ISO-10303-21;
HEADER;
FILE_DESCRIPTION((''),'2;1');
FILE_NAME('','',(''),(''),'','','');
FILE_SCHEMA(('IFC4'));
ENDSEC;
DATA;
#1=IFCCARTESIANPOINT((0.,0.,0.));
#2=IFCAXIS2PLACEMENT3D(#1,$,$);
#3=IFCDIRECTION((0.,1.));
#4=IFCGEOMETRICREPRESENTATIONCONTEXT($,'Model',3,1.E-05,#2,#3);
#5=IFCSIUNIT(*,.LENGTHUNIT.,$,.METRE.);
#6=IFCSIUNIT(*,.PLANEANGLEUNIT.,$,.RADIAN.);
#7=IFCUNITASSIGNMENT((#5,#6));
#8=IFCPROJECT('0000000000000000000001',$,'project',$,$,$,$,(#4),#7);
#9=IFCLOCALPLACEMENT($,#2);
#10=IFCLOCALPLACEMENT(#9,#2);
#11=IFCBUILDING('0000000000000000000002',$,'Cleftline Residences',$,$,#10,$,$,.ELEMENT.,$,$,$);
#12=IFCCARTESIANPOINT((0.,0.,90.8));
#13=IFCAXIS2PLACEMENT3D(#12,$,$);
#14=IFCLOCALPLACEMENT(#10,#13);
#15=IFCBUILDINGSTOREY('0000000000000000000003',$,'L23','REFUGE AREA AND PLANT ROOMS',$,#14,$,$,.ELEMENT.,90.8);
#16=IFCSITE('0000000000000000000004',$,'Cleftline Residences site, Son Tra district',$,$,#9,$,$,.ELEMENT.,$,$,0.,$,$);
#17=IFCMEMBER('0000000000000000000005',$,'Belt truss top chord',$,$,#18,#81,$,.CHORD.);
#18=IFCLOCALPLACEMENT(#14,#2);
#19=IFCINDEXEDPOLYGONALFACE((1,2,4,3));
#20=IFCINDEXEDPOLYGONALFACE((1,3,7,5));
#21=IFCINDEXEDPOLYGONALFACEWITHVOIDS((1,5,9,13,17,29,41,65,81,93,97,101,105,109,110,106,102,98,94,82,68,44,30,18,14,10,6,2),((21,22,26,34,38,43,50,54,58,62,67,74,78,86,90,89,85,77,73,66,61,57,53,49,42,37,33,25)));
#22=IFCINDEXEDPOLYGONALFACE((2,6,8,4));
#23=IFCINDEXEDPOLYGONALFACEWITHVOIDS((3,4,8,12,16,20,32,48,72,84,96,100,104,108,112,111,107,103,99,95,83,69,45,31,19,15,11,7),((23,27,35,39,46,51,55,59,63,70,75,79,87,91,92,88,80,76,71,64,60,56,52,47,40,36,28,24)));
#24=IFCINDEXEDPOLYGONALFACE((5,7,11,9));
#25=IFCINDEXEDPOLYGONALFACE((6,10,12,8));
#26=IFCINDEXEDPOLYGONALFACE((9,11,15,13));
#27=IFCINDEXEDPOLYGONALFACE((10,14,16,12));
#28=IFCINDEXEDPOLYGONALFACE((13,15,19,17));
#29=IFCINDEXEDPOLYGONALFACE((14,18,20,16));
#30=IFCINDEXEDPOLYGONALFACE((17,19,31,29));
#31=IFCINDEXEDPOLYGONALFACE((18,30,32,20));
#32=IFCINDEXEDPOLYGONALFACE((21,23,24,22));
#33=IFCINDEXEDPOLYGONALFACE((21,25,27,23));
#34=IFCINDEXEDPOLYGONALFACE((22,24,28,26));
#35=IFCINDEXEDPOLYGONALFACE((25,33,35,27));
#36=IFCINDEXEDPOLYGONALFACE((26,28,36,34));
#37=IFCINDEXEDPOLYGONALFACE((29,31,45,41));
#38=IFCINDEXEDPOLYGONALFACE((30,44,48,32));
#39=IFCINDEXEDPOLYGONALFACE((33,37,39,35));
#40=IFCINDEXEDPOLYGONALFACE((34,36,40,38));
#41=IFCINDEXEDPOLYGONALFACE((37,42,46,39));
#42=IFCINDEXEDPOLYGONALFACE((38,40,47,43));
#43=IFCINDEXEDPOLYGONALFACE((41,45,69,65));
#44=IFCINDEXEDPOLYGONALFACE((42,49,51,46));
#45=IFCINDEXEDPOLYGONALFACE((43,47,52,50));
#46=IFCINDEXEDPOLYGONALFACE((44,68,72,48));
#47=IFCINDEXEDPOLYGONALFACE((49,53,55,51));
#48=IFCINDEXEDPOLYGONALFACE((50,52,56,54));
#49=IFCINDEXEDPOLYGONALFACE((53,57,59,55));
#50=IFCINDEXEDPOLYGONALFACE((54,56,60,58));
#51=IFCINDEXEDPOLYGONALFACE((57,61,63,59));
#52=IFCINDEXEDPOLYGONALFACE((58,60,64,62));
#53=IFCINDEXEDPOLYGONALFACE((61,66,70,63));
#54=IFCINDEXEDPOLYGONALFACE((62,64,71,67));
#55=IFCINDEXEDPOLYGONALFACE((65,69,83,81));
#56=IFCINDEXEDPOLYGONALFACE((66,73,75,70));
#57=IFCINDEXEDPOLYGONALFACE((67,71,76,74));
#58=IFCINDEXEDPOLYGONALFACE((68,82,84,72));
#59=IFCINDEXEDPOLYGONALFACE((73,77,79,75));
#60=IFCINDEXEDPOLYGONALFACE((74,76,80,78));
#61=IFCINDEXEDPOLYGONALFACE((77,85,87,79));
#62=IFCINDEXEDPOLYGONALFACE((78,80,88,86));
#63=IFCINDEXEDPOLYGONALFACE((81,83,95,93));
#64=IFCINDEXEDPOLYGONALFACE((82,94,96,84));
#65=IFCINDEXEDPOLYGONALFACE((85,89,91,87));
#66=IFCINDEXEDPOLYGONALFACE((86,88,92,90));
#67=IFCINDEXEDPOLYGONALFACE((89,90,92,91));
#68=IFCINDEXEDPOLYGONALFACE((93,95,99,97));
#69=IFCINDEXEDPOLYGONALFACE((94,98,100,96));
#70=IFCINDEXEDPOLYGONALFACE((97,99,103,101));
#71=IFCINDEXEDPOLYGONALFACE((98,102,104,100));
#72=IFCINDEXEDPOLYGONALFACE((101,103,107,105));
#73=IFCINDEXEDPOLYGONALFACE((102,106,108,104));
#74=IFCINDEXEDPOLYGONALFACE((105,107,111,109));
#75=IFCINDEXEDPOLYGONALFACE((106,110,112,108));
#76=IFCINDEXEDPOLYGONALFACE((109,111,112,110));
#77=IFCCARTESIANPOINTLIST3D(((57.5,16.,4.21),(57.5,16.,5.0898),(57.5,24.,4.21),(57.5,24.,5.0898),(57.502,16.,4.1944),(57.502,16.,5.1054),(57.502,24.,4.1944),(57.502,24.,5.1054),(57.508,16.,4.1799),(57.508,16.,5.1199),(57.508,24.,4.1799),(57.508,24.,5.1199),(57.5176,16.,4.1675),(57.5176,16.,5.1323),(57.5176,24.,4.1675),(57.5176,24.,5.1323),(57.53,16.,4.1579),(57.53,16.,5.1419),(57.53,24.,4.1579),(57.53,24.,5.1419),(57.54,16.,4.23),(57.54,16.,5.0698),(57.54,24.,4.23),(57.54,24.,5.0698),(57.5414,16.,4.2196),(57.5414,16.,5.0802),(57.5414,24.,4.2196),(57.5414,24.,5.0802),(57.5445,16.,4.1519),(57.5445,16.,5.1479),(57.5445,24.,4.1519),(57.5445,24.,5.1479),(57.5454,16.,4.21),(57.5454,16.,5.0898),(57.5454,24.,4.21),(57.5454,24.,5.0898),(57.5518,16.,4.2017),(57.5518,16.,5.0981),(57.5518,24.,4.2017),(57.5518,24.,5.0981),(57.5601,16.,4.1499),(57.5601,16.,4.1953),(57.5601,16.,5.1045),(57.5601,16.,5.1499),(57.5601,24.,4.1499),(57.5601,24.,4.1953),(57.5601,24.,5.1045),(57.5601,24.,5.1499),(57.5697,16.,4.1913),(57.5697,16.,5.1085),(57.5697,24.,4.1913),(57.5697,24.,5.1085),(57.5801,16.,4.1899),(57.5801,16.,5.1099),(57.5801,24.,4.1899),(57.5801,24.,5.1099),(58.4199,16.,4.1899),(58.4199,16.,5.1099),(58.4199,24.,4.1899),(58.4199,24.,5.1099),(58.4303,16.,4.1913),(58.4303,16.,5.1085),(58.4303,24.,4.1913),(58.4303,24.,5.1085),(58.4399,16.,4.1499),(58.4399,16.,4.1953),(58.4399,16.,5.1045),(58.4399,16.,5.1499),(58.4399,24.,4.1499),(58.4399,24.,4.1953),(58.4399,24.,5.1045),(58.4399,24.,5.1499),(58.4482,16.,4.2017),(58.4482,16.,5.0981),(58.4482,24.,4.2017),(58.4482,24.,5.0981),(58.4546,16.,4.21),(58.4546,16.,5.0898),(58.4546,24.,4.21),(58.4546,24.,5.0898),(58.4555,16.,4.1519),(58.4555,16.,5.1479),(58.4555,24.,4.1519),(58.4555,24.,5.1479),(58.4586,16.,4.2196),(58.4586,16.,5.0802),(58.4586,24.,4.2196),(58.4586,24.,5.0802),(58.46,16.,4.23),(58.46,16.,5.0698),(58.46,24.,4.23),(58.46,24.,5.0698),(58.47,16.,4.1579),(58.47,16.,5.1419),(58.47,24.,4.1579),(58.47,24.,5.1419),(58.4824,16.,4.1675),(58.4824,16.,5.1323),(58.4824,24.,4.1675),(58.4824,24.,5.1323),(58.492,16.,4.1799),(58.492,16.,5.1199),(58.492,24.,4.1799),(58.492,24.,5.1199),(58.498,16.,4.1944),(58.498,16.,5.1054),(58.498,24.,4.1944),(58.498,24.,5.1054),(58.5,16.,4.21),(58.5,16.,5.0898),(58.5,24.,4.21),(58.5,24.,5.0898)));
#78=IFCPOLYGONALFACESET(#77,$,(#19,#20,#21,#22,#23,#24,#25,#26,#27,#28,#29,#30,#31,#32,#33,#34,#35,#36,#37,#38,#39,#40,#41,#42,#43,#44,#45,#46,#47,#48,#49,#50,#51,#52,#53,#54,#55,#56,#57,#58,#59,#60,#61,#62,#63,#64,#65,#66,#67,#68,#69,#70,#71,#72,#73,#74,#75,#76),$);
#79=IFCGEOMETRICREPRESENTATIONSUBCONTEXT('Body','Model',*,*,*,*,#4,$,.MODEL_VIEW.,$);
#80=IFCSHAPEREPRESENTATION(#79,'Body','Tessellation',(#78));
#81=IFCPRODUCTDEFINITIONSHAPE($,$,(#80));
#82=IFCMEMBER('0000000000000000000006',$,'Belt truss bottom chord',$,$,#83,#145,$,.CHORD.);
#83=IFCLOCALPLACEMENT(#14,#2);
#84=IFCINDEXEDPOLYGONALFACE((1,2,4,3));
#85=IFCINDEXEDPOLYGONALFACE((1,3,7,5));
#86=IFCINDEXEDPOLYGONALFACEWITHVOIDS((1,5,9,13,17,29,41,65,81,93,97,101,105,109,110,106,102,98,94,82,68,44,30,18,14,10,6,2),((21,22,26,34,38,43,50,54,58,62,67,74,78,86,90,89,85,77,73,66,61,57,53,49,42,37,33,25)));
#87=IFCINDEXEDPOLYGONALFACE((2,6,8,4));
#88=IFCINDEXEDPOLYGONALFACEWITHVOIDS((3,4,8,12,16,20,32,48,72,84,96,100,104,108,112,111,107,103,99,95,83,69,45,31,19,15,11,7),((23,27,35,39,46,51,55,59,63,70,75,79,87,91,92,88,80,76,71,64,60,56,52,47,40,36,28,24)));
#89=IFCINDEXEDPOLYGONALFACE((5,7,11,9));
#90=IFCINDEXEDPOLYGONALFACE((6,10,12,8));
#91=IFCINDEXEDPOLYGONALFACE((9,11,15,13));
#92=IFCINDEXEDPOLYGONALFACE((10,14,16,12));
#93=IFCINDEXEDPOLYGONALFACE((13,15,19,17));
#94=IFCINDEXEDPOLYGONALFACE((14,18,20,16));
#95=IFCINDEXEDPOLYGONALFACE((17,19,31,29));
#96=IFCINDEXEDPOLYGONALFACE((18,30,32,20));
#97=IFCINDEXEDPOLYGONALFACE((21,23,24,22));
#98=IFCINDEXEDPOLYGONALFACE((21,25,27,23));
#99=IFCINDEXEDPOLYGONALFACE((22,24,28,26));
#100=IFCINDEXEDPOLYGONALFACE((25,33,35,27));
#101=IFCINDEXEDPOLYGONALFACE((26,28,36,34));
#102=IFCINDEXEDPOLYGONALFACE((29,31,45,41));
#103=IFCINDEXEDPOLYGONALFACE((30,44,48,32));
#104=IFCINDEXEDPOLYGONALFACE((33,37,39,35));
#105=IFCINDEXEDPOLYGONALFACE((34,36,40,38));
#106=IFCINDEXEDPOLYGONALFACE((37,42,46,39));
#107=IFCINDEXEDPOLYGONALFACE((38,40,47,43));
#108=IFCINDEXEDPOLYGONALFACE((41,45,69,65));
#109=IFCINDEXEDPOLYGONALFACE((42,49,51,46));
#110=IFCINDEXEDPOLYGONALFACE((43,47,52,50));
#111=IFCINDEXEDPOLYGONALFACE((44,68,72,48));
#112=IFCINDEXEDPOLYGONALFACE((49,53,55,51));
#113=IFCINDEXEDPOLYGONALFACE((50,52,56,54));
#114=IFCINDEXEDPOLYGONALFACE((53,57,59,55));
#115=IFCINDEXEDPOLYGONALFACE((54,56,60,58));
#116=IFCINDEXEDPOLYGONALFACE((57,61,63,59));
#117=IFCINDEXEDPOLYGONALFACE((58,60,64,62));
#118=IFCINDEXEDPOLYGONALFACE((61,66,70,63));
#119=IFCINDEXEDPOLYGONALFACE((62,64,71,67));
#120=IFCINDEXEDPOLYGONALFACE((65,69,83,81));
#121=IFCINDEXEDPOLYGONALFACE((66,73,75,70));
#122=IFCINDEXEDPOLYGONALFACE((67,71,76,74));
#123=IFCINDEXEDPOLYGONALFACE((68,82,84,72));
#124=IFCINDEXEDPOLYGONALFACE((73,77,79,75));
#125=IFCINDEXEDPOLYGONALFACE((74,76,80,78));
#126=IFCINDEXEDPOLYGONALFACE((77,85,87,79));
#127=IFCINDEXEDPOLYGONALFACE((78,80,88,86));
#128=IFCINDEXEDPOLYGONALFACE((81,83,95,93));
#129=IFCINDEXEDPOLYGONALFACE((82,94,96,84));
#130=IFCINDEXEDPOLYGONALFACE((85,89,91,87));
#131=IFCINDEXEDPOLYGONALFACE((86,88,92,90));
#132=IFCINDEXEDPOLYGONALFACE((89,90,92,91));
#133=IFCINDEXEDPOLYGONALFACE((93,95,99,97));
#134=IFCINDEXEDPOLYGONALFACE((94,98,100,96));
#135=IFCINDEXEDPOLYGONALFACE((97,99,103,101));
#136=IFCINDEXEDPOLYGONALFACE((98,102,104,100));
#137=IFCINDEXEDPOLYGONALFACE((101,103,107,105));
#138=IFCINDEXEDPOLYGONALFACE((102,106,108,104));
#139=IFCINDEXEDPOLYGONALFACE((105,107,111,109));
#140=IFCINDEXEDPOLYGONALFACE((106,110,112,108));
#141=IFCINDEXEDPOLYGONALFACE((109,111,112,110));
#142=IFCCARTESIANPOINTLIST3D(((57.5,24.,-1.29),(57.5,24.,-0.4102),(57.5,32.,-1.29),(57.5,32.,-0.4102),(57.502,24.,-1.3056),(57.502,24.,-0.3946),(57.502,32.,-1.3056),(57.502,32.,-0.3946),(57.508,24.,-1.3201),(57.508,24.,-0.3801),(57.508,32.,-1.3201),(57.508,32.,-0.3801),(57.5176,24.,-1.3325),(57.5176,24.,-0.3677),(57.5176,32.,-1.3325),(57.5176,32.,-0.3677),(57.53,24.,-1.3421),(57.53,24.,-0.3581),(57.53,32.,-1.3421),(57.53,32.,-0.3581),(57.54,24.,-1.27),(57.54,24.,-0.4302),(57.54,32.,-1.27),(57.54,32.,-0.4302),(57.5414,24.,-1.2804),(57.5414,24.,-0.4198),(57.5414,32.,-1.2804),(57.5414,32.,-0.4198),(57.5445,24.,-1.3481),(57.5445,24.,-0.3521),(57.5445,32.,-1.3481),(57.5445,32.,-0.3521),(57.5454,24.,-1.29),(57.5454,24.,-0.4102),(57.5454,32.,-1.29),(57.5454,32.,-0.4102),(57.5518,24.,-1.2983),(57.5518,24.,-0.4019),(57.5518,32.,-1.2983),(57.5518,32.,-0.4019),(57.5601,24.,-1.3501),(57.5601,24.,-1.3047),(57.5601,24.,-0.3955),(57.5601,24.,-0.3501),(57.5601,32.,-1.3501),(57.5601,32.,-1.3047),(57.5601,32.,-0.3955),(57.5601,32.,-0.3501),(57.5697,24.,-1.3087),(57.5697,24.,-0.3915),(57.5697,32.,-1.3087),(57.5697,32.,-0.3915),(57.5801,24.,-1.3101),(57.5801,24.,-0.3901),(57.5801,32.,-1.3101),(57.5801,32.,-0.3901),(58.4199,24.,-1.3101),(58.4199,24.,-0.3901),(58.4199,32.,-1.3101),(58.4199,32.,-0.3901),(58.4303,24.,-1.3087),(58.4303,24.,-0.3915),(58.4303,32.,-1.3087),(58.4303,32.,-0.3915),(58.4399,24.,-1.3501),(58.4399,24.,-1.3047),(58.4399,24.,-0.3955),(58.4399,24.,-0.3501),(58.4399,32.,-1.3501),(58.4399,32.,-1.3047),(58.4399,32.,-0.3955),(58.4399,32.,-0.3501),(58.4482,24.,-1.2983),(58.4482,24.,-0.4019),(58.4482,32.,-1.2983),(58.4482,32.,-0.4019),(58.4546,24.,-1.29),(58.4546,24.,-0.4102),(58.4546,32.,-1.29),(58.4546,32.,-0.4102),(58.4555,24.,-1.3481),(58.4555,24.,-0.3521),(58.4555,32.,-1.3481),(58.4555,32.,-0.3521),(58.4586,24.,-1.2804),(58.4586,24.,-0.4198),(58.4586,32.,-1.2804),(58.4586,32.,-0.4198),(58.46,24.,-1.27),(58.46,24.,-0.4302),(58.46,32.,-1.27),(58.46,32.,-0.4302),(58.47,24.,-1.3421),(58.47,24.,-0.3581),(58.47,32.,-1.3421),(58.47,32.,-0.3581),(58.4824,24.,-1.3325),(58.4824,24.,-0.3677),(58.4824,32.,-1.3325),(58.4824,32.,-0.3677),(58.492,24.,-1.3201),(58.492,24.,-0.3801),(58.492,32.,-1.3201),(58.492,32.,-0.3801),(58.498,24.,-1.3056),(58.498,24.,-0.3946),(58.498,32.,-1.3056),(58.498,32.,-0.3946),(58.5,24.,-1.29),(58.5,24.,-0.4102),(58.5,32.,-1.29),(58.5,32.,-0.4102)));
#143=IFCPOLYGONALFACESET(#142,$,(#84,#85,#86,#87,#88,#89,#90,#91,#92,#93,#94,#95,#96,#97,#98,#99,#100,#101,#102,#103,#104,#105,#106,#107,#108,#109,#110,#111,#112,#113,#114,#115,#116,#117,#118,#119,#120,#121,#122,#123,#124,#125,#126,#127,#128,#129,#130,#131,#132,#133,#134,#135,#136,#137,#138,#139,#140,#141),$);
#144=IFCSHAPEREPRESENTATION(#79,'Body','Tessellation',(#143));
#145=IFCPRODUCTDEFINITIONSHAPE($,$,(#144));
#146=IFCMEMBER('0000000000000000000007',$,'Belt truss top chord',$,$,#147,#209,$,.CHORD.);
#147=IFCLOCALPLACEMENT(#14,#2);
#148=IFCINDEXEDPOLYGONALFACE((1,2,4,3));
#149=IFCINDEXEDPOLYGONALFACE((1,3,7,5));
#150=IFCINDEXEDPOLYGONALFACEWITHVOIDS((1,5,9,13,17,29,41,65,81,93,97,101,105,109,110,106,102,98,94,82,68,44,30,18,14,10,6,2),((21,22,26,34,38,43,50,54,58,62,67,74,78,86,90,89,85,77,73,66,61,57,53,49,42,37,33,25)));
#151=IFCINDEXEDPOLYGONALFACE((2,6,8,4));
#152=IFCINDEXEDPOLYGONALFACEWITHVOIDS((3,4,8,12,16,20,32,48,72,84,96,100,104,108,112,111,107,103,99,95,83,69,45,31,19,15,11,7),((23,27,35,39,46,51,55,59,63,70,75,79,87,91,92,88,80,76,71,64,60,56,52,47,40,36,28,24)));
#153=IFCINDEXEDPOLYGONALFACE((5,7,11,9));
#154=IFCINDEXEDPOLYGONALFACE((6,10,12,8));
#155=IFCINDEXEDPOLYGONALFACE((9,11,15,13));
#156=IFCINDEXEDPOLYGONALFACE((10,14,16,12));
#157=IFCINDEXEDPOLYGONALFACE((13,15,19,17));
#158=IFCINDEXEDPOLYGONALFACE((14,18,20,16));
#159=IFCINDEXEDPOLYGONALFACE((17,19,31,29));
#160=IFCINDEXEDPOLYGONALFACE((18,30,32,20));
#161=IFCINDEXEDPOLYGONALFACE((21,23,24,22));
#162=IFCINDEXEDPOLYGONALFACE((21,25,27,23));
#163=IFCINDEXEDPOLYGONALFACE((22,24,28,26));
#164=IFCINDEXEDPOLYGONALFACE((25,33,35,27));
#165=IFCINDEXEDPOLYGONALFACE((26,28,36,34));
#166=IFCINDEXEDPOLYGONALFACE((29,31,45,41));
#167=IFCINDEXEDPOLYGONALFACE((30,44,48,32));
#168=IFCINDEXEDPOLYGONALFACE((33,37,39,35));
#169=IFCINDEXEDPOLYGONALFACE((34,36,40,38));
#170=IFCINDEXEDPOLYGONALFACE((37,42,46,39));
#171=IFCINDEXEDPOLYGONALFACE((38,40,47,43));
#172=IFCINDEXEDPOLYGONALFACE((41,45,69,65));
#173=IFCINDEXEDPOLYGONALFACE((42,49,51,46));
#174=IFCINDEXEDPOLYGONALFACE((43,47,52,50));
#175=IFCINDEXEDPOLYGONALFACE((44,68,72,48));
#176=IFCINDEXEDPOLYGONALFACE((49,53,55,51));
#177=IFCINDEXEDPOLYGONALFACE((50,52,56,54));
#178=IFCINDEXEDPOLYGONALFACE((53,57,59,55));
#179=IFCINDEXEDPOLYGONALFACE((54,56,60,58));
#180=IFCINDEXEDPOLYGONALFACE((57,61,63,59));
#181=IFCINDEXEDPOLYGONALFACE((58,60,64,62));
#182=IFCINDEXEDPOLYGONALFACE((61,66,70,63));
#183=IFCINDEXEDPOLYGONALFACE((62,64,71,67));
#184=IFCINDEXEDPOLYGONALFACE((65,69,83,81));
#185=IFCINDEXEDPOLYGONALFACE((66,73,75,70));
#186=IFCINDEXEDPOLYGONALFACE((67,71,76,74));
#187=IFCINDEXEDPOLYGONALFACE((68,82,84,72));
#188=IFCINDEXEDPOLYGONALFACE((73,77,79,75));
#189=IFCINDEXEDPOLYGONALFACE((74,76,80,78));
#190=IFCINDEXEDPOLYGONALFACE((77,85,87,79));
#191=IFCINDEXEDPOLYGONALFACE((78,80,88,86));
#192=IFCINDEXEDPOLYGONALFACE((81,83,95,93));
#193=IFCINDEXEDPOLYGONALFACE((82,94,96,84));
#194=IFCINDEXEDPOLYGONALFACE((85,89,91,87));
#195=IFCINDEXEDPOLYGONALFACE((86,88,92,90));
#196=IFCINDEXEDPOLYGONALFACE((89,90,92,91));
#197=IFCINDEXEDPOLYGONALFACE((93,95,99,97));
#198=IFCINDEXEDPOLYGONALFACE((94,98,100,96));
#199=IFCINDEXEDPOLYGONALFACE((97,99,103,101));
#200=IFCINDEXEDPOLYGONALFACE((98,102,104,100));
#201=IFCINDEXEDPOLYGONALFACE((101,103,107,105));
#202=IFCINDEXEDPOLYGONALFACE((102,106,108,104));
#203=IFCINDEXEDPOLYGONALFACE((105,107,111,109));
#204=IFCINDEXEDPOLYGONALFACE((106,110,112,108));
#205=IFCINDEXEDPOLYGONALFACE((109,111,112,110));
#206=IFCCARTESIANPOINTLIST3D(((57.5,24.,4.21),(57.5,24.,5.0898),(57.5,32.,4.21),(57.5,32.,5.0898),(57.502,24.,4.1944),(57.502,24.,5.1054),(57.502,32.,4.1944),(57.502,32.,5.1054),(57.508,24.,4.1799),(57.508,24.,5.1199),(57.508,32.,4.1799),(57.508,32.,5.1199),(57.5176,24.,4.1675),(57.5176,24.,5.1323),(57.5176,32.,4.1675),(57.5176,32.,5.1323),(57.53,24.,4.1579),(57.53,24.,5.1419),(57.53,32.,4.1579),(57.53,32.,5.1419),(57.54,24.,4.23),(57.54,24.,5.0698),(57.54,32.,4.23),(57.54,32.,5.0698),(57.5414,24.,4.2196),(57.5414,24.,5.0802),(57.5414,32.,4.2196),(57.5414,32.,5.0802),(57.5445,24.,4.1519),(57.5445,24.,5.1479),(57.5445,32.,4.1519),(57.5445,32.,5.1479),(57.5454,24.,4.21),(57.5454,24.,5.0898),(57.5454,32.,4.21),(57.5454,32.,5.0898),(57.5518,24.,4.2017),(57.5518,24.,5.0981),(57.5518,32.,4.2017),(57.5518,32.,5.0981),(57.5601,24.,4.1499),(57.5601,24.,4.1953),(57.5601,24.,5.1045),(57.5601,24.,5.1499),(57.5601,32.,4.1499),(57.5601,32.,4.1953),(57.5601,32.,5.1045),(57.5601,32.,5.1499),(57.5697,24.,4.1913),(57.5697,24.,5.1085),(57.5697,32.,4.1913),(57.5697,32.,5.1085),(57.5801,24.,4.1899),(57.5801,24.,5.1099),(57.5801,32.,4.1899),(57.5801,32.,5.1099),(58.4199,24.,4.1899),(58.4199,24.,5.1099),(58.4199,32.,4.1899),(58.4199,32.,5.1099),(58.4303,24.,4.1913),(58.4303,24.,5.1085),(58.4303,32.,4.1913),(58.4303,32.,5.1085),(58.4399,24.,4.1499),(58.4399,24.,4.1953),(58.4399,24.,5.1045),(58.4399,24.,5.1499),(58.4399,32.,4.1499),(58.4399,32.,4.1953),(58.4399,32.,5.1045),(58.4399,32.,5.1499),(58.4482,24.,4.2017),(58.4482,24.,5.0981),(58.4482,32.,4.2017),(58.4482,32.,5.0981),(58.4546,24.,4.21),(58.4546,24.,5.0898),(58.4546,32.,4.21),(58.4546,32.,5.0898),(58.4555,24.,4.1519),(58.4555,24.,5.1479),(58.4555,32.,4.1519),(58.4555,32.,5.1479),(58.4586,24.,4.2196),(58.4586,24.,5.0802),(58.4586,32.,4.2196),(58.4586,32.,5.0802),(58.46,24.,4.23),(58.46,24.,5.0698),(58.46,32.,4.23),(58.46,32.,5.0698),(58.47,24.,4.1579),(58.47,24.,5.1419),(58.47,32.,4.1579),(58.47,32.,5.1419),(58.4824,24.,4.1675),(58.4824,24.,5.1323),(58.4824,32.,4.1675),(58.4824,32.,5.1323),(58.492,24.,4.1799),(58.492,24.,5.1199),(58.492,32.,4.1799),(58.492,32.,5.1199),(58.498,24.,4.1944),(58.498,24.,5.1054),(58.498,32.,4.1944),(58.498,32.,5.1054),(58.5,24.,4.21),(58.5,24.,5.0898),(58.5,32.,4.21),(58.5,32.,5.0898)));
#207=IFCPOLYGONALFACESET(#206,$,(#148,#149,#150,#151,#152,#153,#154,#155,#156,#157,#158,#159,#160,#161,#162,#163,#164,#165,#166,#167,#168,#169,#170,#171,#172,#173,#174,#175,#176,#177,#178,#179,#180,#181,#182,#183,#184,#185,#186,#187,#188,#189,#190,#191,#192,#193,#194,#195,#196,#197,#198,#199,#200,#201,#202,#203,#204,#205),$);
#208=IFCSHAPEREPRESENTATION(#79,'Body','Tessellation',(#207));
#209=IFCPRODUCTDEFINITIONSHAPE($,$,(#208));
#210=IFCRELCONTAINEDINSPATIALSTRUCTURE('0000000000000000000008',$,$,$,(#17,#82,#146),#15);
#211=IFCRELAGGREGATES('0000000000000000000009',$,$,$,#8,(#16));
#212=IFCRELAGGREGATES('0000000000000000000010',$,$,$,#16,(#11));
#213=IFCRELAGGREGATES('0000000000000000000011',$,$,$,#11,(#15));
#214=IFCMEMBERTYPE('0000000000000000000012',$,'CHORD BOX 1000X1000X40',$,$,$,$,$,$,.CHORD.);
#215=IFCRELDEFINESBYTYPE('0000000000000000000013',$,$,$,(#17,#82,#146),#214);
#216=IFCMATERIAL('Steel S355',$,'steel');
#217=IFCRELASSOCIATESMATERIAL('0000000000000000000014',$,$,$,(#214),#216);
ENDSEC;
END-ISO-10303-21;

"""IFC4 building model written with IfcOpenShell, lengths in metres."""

from ifc_helpers import new_model, si_unit, direction, frame, origin, origin_2d, place, context, subcontext, project, spatial, hollow_rectangle, extrude, material, material_profile, profile_set, type_object, element, save


model = new_model("IFC4")

# Units and contexts
model_context = context("Model", 3, precision=1e-05, world=origin(), true_north=direction((0.0, 1.0)))
body_context = subcontext(model_context, "Body", "Model", "MODEL_VIEW")
ifc_project = project(units=[si_unit("LENGTHUNIT", "METRE"), si_unit("PLANEANGLEUNIT", "RADIAN")], contexts=[model_context])

# Site, building, storey
site_placement = place(None, origin())
site = spatial("IfcSite", under=ifc_project, at=site_placement, Name="Cleftline Residences site, Son Tra district", CompositionType="ELEMENT", RefElevation=0.0)
building_placement = place(site_placement, origin())
building = spatial("IfcBuilding", under=site, at=building_placement, Name="Cleftline Residences", CompositionType="ELEMENT")
storey_placement = place(building_placement, frame((0.0, 0.0, 90.8)))
storey = spatial("IfcBuildingStorey", under=building, at=storey_placement, Name="L23", Description="REFUGE AREA AND PLANT ROOMS", CompositionType="ELEMENT", Elevation=90.8)

# Members
ifc_material_1 = material(Name="Steel S355", Category="steel")
ifc_material_profile_1 = material_profile(ifc_material_1, hollow_rectangle(XDim=1.0, YDim=1.0, WallThickness=0.04, InnerFilletRadius=0.04, OuterFilletRadius=0.0601, at=origin_2d()))
ifc_profile_set_1 = profile_set([ifc_material_profile_1], Name="Steel S355")
member_type_1 = type_object("IfcMemberType", Name="CHORD BOX 1000X1000X40", PredefinedType="CHORD", material=ifc_profile_set_1)
for number, where, z_axis, x_axis, name in (
    (1, (58.0, 16.0, 4.6499), (0.0, 1.0, 0.0), (-1.0, 0.0, 0.0), "Belt truss top chord"),
    (2, (58.0, 24.0, -0.8501), (0.0, 1.0, 0.0), (-1.0, 0.0, 0.0), "Belt truss bottom chord"),
    (3, (58.0, 24.0, 4.6499), (0.0, 1.0, 0.0), (-1.0, 0.0, 0.0), "Belt truss top chord"),
):
    element("IfcMember", number, at=place(storey_placement, frame(where, z_axis=z_axis, x_axis=x_axis)), inside=storey, type_object=member_type_1, Name=name, PredefinedType="CHORD", context=body_context, shape_type="SweptSolid", body=[
        extrude(hollow_rectangle(XDim=1.0, YDim=1.0, WallThickness=0.04, InnerFilletRadius=0.04, OuterFilletRadius=0.0601, at=origin_2d()), origin(), (0.0, 0.0, 1.0), 8.0),
    ])

save(model, "model.ifc")
